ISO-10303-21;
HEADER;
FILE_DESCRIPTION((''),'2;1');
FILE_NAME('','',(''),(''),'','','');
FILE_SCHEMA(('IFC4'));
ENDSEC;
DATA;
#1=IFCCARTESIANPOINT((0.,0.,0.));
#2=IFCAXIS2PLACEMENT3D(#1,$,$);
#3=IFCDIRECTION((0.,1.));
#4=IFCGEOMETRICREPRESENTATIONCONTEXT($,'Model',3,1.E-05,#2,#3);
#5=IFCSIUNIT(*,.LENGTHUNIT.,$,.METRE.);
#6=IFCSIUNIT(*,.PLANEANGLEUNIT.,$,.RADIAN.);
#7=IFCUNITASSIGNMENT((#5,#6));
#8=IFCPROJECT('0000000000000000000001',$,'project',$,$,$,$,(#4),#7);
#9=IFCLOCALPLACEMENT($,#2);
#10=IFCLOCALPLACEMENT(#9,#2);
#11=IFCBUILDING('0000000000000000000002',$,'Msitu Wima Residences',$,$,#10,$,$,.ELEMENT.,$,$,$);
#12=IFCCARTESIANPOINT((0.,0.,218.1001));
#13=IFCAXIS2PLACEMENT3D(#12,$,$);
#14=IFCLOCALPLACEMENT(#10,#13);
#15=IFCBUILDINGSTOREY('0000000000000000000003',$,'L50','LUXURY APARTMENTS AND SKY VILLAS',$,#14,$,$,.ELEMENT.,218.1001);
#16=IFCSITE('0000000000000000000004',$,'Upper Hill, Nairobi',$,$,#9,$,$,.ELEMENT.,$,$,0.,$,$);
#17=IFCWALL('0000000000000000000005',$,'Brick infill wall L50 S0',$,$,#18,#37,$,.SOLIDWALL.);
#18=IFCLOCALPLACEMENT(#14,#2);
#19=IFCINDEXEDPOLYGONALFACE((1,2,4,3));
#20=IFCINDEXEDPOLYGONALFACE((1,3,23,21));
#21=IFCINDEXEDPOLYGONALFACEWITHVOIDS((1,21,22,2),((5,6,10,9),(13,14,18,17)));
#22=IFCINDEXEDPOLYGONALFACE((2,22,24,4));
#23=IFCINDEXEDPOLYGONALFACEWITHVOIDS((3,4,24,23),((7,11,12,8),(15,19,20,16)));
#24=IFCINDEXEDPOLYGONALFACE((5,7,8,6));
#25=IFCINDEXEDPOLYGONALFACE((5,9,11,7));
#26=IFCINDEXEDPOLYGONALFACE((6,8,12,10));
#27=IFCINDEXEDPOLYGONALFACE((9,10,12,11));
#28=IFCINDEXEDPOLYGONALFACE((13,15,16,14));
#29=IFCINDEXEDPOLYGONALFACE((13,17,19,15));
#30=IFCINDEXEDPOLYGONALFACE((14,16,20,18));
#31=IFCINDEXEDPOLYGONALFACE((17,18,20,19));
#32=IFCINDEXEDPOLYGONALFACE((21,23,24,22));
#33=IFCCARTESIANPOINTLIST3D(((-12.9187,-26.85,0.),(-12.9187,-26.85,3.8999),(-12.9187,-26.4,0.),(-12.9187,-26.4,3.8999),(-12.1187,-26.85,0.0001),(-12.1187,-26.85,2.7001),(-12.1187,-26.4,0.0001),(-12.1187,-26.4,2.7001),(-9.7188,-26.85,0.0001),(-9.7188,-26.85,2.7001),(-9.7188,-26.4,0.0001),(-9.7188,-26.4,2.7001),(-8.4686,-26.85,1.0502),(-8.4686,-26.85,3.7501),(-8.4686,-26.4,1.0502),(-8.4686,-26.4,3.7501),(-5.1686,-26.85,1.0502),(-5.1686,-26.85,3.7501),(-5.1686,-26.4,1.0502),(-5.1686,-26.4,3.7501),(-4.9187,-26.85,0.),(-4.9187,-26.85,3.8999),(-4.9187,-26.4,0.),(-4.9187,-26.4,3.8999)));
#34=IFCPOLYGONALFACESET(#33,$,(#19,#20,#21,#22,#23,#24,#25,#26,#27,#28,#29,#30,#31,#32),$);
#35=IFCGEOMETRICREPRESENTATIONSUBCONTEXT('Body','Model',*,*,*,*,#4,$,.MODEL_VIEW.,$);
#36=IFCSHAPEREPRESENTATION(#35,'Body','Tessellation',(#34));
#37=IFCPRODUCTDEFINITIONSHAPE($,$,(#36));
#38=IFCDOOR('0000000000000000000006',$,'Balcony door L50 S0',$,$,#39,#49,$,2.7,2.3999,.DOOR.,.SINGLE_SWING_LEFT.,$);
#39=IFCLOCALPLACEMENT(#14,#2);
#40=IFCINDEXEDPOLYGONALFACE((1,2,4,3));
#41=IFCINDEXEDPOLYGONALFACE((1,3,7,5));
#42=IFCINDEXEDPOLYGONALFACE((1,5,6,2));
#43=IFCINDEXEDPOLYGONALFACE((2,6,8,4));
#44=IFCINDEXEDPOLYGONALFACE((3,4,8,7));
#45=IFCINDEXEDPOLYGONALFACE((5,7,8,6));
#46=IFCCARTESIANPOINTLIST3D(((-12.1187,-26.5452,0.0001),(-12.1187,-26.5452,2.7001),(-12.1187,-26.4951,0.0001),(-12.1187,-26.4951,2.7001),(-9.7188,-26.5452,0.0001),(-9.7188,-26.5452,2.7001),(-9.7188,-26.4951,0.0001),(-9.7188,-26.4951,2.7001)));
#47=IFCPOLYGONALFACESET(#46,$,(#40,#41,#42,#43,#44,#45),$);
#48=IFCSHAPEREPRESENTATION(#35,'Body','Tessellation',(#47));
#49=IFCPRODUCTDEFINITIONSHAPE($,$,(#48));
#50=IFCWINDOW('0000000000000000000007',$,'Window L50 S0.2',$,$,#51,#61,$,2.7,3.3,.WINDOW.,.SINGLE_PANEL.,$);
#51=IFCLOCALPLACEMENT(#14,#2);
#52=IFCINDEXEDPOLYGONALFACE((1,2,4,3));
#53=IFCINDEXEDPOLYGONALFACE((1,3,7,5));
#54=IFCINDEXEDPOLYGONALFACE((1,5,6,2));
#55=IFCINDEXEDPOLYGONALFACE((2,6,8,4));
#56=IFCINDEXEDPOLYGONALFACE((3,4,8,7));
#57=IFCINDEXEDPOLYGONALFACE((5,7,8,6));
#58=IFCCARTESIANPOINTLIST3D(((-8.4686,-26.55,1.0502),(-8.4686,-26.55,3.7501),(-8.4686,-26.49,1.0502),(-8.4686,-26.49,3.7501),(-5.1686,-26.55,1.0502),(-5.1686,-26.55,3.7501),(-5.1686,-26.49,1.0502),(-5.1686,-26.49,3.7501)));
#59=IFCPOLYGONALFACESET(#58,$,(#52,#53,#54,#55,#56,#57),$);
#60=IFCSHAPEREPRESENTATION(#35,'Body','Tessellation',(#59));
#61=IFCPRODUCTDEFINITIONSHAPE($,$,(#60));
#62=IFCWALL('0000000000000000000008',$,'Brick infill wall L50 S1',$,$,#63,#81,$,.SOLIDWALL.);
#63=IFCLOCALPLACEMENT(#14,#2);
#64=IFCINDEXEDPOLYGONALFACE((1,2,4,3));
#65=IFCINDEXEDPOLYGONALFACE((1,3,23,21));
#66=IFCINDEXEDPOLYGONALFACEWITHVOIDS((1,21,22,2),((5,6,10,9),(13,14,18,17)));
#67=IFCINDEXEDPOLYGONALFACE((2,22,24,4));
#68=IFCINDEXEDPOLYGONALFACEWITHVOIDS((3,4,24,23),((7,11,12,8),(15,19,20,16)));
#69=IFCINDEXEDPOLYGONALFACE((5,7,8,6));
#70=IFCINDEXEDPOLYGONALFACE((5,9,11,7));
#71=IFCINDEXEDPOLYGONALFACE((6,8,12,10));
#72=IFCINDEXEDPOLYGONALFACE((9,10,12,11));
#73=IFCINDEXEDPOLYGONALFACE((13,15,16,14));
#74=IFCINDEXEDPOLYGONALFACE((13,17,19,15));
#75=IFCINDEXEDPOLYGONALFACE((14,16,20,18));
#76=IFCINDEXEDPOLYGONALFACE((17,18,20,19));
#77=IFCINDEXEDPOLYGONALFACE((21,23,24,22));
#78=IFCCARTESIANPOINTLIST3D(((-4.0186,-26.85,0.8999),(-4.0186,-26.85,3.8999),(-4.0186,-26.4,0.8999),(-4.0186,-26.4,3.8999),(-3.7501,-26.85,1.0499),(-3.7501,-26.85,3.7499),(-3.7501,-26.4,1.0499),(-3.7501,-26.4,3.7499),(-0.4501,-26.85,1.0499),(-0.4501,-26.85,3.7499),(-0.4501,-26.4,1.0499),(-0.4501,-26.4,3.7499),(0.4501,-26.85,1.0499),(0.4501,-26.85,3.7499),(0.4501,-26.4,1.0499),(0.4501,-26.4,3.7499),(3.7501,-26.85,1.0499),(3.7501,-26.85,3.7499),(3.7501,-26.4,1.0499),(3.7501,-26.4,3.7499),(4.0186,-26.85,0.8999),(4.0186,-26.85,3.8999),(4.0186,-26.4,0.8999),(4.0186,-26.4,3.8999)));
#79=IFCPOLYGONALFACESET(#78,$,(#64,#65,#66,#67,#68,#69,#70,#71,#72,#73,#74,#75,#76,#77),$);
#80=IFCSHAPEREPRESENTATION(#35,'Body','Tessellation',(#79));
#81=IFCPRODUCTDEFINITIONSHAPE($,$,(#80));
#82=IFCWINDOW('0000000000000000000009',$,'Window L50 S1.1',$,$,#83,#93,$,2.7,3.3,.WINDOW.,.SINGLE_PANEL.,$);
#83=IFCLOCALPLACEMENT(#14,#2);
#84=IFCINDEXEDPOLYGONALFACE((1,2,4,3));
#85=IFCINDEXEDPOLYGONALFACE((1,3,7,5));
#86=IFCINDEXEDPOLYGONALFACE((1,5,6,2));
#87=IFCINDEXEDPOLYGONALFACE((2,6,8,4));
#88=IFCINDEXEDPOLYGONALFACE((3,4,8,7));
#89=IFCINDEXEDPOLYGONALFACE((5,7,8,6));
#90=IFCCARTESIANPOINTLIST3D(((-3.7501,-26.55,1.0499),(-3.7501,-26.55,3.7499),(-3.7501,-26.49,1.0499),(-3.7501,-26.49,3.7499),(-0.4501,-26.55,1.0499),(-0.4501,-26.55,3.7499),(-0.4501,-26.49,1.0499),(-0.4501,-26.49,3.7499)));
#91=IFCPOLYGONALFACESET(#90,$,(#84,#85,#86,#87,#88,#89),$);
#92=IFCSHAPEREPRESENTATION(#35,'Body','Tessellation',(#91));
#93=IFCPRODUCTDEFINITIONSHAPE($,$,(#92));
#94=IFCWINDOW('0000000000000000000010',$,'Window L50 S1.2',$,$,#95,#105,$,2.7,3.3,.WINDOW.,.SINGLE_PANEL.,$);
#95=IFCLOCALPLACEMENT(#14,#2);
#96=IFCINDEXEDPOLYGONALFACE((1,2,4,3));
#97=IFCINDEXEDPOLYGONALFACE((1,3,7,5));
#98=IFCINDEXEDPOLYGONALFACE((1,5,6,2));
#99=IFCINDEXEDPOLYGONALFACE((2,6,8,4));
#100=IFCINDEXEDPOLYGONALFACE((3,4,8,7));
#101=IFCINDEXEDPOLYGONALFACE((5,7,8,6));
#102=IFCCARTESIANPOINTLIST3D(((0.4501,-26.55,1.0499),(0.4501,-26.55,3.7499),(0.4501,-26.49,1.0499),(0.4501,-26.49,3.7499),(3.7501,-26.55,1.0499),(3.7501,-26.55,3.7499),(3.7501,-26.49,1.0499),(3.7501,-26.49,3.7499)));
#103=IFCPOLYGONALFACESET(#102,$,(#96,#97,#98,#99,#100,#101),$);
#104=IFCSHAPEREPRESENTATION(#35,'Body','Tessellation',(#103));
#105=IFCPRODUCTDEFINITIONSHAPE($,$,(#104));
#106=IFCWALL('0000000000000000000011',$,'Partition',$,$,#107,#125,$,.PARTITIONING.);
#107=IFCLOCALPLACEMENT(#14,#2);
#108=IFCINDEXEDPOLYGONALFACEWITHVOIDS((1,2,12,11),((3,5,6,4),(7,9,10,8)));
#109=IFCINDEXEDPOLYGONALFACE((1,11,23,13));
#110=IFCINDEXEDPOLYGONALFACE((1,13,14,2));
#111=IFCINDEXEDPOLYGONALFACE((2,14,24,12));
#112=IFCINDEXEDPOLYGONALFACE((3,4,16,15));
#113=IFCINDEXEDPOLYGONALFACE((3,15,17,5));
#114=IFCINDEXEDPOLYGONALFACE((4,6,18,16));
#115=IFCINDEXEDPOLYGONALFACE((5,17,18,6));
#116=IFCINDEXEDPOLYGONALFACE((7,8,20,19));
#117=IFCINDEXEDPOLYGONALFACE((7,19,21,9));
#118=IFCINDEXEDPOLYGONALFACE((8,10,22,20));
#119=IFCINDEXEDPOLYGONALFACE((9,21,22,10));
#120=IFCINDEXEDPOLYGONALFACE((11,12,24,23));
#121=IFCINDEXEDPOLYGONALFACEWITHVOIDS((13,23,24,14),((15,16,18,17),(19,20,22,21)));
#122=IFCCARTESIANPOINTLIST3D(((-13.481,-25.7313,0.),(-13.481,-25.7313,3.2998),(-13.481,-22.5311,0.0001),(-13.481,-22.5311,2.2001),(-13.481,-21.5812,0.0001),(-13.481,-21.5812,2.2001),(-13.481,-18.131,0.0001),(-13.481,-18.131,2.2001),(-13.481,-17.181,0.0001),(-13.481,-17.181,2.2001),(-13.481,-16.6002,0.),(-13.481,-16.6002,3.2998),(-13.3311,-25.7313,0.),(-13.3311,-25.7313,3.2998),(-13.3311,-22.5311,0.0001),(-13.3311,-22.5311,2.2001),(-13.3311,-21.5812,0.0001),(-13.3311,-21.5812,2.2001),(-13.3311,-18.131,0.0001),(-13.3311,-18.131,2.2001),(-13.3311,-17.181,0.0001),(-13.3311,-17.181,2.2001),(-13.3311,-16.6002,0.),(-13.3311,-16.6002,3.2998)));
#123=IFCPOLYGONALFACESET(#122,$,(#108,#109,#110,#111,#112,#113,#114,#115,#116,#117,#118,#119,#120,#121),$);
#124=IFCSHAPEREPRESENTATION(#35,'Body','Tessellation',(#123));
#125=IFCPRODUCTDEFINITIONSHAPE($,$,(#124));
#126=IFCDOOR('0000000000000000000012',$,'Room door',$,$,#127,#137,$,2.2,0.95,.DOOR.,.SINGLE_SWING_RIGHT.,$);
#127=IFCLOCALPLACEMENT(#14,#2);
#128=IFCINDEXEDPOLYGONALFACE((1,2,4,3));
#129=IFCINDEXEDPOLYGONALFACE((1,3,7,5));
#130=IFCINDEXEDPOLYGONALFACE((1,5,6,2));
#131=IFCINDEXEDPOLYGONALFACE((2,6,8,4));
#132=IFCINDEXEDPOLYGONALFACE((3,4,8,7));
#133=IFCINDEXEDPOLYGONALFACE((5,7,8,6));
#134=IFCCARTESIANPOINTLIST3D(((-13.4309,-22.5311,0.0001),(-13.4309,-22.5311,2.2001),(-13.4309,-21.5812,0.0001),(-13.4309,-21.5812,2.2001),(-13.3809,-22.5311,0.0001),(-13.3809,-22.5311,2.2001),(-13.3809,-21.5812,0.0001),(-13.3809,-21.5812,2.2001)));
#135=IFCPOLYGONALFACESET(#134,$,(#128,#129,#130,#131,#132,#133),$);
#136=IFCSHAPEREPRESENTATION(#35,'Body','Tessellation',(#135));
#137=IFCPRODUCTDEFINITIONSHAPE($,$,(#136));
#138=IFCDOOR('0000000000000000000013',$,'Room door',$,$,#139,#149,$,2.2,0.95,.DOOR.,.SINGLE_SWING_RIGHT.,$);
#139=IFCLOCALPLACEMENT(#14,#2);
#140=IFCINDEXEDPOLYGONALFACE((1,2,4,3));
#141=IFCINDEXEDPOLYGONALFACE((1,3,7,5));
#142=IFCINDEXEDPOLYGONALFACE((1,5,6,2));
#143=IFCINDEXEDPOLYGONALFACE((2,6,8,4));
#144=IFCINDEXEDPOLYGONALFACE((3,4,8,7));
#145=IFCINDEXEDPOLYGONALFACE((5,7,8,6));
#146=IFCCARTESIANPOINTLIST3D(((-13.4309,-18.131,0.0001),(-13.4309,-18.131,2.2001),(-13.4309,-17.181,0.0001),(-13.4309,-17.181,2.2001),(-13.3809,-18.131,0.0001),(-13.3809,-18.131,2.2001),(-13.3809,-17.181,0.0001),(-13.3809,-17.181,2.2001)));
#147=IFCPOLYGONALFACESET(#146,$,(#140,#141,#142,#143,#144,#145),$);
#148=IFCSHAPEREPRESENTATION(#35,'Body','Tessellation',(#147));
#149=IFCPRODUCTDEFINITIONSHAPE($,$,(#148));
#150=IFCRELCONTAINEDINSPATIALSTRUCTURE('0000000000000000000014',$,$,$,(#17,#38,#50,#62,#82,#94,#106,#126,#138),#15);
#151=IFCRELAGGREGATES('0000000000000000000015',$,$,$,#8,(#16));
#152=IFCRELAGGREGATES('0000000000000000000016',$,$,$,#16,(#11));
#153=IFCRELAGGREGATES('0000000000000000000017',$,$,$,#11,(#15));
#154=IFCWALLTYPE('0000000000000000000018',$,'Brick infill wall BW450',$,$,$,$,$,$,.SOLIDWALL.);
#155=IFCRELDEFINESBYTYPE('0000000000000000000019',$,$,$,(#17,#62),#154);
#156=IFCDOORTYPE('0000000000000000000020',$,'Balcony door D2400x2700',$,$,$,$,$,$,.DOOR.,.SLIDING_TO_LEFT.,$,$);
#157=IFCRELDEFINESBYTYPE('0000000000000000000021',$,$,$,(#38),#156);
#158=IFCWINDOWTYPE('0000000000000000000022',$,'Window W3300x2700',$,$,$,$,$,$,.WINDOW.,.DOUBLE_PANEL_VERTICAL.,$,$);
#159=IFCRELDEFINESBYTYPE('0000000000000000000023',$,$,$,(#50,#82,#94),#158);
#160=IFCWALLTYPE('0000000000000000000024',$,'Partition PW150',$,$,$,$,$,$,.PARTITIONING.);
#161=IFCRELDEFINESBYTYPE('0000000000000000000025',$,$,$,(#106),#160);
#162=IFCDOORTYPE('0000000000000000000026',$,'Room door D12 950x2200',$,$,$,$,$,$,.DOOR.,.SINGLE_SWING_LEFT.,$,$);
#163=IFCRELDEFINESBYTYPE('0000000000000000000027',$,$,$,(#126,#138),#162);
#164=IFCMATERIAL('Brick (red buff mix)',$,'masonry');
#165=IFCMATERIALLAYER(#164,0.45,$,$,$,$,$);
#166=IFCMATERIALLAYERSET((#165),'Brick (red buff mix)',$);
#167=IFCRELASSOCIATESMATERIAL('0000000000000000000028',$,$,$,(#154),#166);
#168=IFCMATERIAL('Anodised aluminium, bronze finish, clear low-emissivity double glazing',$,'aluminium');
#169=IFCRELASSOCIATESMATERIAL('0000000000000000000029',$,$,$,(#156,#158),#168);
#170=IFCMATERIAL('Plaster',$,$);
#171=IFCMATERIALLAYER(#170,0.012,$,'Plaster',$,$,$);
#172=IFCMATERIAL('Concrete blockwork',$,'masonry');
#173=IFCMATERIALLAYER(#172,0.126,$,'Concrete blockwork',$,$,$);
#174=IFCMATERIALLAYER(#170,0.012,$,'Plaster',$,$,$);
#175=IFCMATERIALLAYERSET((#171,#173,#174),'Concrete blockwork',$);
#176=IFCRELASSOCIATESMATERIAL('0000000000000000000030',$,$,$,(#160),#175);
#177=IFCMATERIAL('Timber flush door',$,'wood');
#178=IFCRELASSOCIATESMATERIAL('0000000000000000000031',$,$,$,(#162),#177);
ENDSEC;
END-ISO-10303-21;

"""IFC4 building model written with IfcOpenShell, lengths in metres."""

from ifc_helpers import new_model, si_unit, direction, frame, frame_2d, origin, place, context, subcontext, project, spatial, rectangle, extrude, material, layer, layer_set, type_object, element, fill, save


model = new_model("IFC4")

# Units and contexts
model_context = context("Model", 3, precision=1e-05, world=origin(), true_north=direction((0.0, 1.0)))
body_context = subcontext(model_context, "Body", "Model", "MODEL_VIEW")
ifc_project = project(units=[si_unit("LENGTHUNIT", "METRE"), si_unit("PLANEANGLEUNIT", "RADIAN")], contexts=[model_context])

# Site, building, storey
site_placement = place(None, origin())
site = spatial("IfcSite", under=ifc_project, at=site_placement, Name="Upper Hill, Nairobi", CompositionType="ELEMENT", RefElevation=0.0)
building_placement = place(site_placement, origin())
building = spatial("IfcBuilding", under=site, at=building_placement, Name="Msitu Wima Residences", CompositionType="ELEMENT")
storey_placement = place(building_placement, frame((0.0, 0.0, 218.1001)))
storey = spatial("IfcBuildingStorey", under=building, at=storey_placement, Name="L50", Description="LUXURY APARTMENTS AND SKY VILLAS", CompositionType="ELEMENT", Elevation=218.1001)

# Wall, openings, door, window
ifc_material_1 = material(Name="Brick (red buff mix)", Category="masonry")
ifc_layer_1 = layer(ifc_material_1, 0.45)
ifc_layer_set_1 = layer_set([ifc_layer_1], Name="Brick (red buff mix)")
wall_type_1 = type_object("IfcWallType", Name="Brick infill wall BW450", PredefinedType="SOLIDWALL", material=ifc_layer_set_1)
wall_1_placement = place(storey_placement, frame((-12.9187, -26.625, 0.0), z_axis=(0.0, 0.0, 1.0), x_axis=(1.0, 0.0, 0.0)))
wall_1 = element("IfcWall", 1, at=wall_1_placement, inside=storey, type_object=wall_type_1, Name="Brick infill wall L50 S0", PredefinedType="SOLIDWALL", context=body_context, shape_type="SweptSolid", body=[
    extrude(rectangle(XDim=8.0, YDim=0.45, at=frame_2d((4.0, 0.0))), origin(), (0.0, 0.0, 1.0), 3.8999),
])
opening_1_placement = place(wall_1_placement, frame((0.8, 0.0, 0.0)))
opening_1 = element("IfcOpeningElement", 2, at=opening_1_placement, cuts=wall_1, PredefinedType="OPENING", context=body_context, shape_type="SweptSolid", body=[
    extrude(rectangle(XDim=2.3999, YDim=2.7, at=frame_2d((1.2, 1.3501))), frame((0.0, 0.2349, 0.0), z_axis=(0.0, -1.0, 0.0), x_axis=(1.0, 0.0, 0.0)), (0.0, 0.0, 1.0), 0.47),
])
opening_2_placement = place(wall_1_placement, frame((4.4502, 0.0, 1.05)))
opening_2 = element("IfcOpeningElement", 3, at=opening_2_placement, cuts=wall_1, PredefinedType="OPENING", context=body_context, shape_type="SweptSolid", body=[
    extrude(rectangle(XDim=3.3, YDim=2.7, at=frame_2d((1.6499, 1.3501))), frame((0.0, 0.2349, 0.0), z_axis=(0.0, -1.0, 0.0), x_axis=(1.0, 0.0, 0.0)), (0.0, 0.0, 1.0), 0.47),
])
ifc_material_2 = material(Name="Anodised aluminium, bronze finish, clear low-emissivity double glazing", Category="aluminium")
door_type_1 = type_object("IfcDoorType", Name="Balcony door D2400x2700", OperationType="SLIDING_TO_LEFT", PredefinedType="DOOR", material=ifc_material_2)
door_1_placement = place(opening_1_placement, origin())
door_1 = element("IfcDoor", 4, at=door_1_placement, inside=storey, type_object=door_type_1, Name="Balcony door L50 S0", OperationType="SINGLE_SWING_LEFT", OverallHeight=2.7, OverallWidth=2.3999, PredefinedType="DOOR", context=body_context, shape_type="SweptSolid", body=[
    extrude(rectangle(XDim=2.3999, YDim=2.7, at=frame_2d((1.2, 1.3501))), frame((0.0, 0.1299, 0.0), z_axis=(0.0, -1.0, 0.0), x_axis=(1.0, 0.0, 0.0)), (0.0, 0.0, 1.0), 0.05),
])
fill(opening_1, door_1)
window_type = type_object("IfcWindowType", Name="Window W3300x2700", PartitioningType="DOUBLE_PANEL_VERTICAL", PredefinedType="WINDOW", material=ifc_material_2)
window_1_placement = place(opening_2_placement, origin())
window_1 = element("IfcWindow", 5, at=window_1_placement, inside=storey, type_object=window_type, Name="Window L50 S0.2", OverallHeight=2.7, OverallWidth=3.3, PartitioningType="SINGLE_PANEL", PredefinedType="WINDOW", context=body_context, shape_type="SweptSolid", body=[
    extrude(rectangle(XDim=3.3, YDim=2.7, at=frame_2d((1.6499, 1.3501))), frame((0.0, 0.135, 0.0), z_axis=(0.0, -1.0, 0.0), x_axis=(1.0, 0.0, 0.0)), (0.0, 0.0, 1.0), 0.0601),
])
fill(opening_2, window_1)

# Wall, openings, windows
wall_2_placement = place(storey_placement, frame((-4.0186, -26.625, 0.8999), z_axis=(0.0, 0.0, 1.0), x_axis=(1.0, 0.0, 0.0)))
wall_2 = element("IfcWall", 6, at=wall_2_placement, inside=storey, type_object=wall_type_1, Name="Brick infill wall L50 S1", PredefinedType="SOLIDWALL", context=body_context, shape_type="SweptSolid", body=[
    extrude(rectangle(XDim=8.0371, YDim=0.45, at=frame_2d((4.0186, 0.0))), origin(), (0.0, 0.0, 1.0), 3.0),
])
opening_3_placement = place(wall_2_placement, frame((0.2686, 0.0, 0.1499)))
opening_3 = element("IfcOpeningElement", 7, at=opening_3_placement, cuts=wall_2, PredefinedType="OPENING", context=body_context, shape_type="SweptSolid", body=[
    extrude(rectangle(XDim=3.3, YDim=2.7, at=frame_2d((1.6499, 1.3501))), frame((0.0, 0.2349, 0.0), z_axis=(0.0, -1.0, 0.0), x_axis=(1.0, 0.0, 0.0)), (0.0, 0.0, 1.0), 0.47),
])
opening_4_placement = place(wall_2_placement, frame((4.4688, 0.0, 0.1499)))
opening_4 = element("IfcOpeningElement", 8, at=opening_4_placement, cuts=wall_2, PredefinedType="OPENING", context=body_context, shape_type="SweptSolid", body=[
    extrude(rectangle(XDim=3.3, YDim=2.7, at=frame_2d((1.6499, 1.3501))), frame((0.0, 0.2349, 0.0), z_axis=(0.0, -1.0, 0.0), x_axis=(1.0, 0.0, 0.0)), (0.0, 0.0, 1.0), 0.47),
])
window_2_placement = place(opening_3_placement, origin())
window_2 = element("IfcWindow", 9, at=window_2_placement, inside=storey, type_object=window_type, Name="Window L50 S1.1", OverallHeight=2.7, OverallWidth=3.3, PartitioningType="SINGLE_PANEL", PredefinedType="WINDOW", context=body_context, shape_type="SweptSolid", body=[
    extrude(rectangle(XDim=3.3, YDim=2.7, at=frame_2d((1.6499, 1.3501))), frame((0.0, 0.135, 0.0), z_axis=(0.0, -1.0, 0.0), x_axis=(1.0, 0.0, 0.0)), (0.0, 0.0, 1.0), 0.0601),
])
fill(opening_3, window_2)
window_3_placement = place(opening_4_placement, origin())
window_3 = element("IfcWindow", 10, at=window_3_placement, inside=storey, type_object=window_type, Name="Window L50 S1.2", OverallHeight=2.7, OverallWidth=3.3, PartitioningType="SINGLE_PANEL", PredefinedType="WINDOW", context=body_context, shape_type="SweptSolid", body=[
    extrude(rectangle(XDim=3.3, YDim=2.7, at=frame_2d((1.6499, 1.3501))), frame((0.0, 0.135, 0.0), z_axis=(0.0, -1.0, 0.0), x_axis=(1.0, 0.0, 0.0)), (0.0, 0.0, 1.0), 0.0601),
])
fill(opening_4, window_3)

# Wall, openings, doors
ifc_material_3 = material(Name="Plaster")
ifc_layer_2 = layer(ifc_material_3, 0.012, Name="Plaster")
ifc_material_4 = material(Name="Concrete blockwork", Category="masonry")
ifc_layer_3 = layer(ifc_material_4, 0.126, Name="Concrete blockwork")
ifc_layer_4 = layer(ifc_material_3, 0.012, Name="Plaster")
ifc_layer_set_2 = layer_set([ifc_layer_2, ifc_layer_3, ifc_layer_4], Name="Concrete blockwork")
wall_type_2 = type_object("IfcWallType", Name="Partition PW150", PredefinedType="PARTITIONING", material=ifc_layer_set_2)
wall_3_placement = place(storey_placement, frame((-13.406, -25.7312, 0.0), z_axis=(0.0, 0.0, 1.0), x_axis=(0.0, 1.0, 0.0)))
wall_3 = element("IfcWall", 11, at=wall_3_placement, inside=storey, type_object=wall_type_2, Name="Partition", PredefinedType="PARTITIONING", context=body_context, shape_type="SweptSolid", body=[
    extrude(rectangle(XDim=9.1311, YDim=0.1499, at=frame_2d((4.5654, 0.0))), origin(), (0.0, 0.0, 1.0), 3.2998),
])
opening_5_placement = place(wall_3_placement, frame((3.2, 0.0, 0.0)))
opening_5 = element("IfcOpeningElement", 12, at=opening_5_placement, cuts=wall_3, PredefinedType="OPENING", context=body_context, shape_type="SweptSolid", body=[
    extrude(rectangle(XDim=0.95, YDim=2.2, at=frame_2d((0.4751, 1.1001))), frame((0.0, 0.085, 0.0), z_axis=(0.0, -1.0, 0.0), x_axis=(1.0, 0.0, 0.0)), (0.0, 0.0, 1.0), 0.1699),
])
opening_6_placement = place(wall_3_placement, frame((7.6001, 0.0, 0.0)))
opening_6 = element("IfcOpeningElement", 13, at=opening_6_placement, cuts=wall_3, PredefinedType="OPENING", context=body_context, shape_type="SweptSolid", body=[
    extrude(rectangle(XDim=0.95, YDim=2.2, at=frame_2d((0.4751, 1.1001))), frame((0.0, 0.085, 0.0), z_axis=(0.0, -1.0, 0.0), x_axis=(1.0, 0.0, 0.0)), (0.0, 0.0, 1.0), 0.1699),
])
ifc_material_5 = material(Name="Timber flush door", Category="wood")
door_type_2 = type_object("IfcDoorType", Name="Room door D12 950x2200", OperationType="SINGLE_SWING_LEFT", PredefinedType="DOOR", material=ifc_material_5)
door_2_placement = place(opening_5_placement, origin())
door_2 = element("IfcDoor", 14, at=door_2_placement, inside=storey, type_object=door_type_2, Name="Room door", OperationType="SINGLE_SWING_RIGHT", OverallHeight=2.2, OverallWidth=0.95, PredefinedType="DOOR", context=body_context, shape_type="SweptSolid", body=[
    extrude(rectangle(XDim=0.95, YDim=2.2, at=frame_2d((0.4751, 1.1001))), frame((0.0, 0.0249, 0.0), z_axis=(0.0, -1.0, 0.0), x_axis=(1.0, 0.0, 0.0)), (0.0, 0.0, 1.0), 0.05),
])
fill(opening_5, door_2)
door_3_placement = place(opening_6_placement, origin())
door_3 = element("IfcDoor", 15, at=door_3_placement, inside=storey, type_object=door_type_2, Name="Room door", OperationType="SINGLE_SWING_RIGHT", OverallHeight=2.2, OverallWidth=0.95, PredefinedType="DOOR", context=body_context, shape_type="SweptSolid", body=[
    extrude(rectangle(XDim=0.95, YDim=2.2, at=frame_2d((0.4751, 1.1001))), frame((0.0, 0.0249, 0.0), z_axis=(0.0, -1.0, 0.0), x_axis=(1.0, 0.0, 0.0)), (0.0, 0.0, 1.0), 0.05),
])
fill(opening_6, door_3)

save(model, "model.ifc")
